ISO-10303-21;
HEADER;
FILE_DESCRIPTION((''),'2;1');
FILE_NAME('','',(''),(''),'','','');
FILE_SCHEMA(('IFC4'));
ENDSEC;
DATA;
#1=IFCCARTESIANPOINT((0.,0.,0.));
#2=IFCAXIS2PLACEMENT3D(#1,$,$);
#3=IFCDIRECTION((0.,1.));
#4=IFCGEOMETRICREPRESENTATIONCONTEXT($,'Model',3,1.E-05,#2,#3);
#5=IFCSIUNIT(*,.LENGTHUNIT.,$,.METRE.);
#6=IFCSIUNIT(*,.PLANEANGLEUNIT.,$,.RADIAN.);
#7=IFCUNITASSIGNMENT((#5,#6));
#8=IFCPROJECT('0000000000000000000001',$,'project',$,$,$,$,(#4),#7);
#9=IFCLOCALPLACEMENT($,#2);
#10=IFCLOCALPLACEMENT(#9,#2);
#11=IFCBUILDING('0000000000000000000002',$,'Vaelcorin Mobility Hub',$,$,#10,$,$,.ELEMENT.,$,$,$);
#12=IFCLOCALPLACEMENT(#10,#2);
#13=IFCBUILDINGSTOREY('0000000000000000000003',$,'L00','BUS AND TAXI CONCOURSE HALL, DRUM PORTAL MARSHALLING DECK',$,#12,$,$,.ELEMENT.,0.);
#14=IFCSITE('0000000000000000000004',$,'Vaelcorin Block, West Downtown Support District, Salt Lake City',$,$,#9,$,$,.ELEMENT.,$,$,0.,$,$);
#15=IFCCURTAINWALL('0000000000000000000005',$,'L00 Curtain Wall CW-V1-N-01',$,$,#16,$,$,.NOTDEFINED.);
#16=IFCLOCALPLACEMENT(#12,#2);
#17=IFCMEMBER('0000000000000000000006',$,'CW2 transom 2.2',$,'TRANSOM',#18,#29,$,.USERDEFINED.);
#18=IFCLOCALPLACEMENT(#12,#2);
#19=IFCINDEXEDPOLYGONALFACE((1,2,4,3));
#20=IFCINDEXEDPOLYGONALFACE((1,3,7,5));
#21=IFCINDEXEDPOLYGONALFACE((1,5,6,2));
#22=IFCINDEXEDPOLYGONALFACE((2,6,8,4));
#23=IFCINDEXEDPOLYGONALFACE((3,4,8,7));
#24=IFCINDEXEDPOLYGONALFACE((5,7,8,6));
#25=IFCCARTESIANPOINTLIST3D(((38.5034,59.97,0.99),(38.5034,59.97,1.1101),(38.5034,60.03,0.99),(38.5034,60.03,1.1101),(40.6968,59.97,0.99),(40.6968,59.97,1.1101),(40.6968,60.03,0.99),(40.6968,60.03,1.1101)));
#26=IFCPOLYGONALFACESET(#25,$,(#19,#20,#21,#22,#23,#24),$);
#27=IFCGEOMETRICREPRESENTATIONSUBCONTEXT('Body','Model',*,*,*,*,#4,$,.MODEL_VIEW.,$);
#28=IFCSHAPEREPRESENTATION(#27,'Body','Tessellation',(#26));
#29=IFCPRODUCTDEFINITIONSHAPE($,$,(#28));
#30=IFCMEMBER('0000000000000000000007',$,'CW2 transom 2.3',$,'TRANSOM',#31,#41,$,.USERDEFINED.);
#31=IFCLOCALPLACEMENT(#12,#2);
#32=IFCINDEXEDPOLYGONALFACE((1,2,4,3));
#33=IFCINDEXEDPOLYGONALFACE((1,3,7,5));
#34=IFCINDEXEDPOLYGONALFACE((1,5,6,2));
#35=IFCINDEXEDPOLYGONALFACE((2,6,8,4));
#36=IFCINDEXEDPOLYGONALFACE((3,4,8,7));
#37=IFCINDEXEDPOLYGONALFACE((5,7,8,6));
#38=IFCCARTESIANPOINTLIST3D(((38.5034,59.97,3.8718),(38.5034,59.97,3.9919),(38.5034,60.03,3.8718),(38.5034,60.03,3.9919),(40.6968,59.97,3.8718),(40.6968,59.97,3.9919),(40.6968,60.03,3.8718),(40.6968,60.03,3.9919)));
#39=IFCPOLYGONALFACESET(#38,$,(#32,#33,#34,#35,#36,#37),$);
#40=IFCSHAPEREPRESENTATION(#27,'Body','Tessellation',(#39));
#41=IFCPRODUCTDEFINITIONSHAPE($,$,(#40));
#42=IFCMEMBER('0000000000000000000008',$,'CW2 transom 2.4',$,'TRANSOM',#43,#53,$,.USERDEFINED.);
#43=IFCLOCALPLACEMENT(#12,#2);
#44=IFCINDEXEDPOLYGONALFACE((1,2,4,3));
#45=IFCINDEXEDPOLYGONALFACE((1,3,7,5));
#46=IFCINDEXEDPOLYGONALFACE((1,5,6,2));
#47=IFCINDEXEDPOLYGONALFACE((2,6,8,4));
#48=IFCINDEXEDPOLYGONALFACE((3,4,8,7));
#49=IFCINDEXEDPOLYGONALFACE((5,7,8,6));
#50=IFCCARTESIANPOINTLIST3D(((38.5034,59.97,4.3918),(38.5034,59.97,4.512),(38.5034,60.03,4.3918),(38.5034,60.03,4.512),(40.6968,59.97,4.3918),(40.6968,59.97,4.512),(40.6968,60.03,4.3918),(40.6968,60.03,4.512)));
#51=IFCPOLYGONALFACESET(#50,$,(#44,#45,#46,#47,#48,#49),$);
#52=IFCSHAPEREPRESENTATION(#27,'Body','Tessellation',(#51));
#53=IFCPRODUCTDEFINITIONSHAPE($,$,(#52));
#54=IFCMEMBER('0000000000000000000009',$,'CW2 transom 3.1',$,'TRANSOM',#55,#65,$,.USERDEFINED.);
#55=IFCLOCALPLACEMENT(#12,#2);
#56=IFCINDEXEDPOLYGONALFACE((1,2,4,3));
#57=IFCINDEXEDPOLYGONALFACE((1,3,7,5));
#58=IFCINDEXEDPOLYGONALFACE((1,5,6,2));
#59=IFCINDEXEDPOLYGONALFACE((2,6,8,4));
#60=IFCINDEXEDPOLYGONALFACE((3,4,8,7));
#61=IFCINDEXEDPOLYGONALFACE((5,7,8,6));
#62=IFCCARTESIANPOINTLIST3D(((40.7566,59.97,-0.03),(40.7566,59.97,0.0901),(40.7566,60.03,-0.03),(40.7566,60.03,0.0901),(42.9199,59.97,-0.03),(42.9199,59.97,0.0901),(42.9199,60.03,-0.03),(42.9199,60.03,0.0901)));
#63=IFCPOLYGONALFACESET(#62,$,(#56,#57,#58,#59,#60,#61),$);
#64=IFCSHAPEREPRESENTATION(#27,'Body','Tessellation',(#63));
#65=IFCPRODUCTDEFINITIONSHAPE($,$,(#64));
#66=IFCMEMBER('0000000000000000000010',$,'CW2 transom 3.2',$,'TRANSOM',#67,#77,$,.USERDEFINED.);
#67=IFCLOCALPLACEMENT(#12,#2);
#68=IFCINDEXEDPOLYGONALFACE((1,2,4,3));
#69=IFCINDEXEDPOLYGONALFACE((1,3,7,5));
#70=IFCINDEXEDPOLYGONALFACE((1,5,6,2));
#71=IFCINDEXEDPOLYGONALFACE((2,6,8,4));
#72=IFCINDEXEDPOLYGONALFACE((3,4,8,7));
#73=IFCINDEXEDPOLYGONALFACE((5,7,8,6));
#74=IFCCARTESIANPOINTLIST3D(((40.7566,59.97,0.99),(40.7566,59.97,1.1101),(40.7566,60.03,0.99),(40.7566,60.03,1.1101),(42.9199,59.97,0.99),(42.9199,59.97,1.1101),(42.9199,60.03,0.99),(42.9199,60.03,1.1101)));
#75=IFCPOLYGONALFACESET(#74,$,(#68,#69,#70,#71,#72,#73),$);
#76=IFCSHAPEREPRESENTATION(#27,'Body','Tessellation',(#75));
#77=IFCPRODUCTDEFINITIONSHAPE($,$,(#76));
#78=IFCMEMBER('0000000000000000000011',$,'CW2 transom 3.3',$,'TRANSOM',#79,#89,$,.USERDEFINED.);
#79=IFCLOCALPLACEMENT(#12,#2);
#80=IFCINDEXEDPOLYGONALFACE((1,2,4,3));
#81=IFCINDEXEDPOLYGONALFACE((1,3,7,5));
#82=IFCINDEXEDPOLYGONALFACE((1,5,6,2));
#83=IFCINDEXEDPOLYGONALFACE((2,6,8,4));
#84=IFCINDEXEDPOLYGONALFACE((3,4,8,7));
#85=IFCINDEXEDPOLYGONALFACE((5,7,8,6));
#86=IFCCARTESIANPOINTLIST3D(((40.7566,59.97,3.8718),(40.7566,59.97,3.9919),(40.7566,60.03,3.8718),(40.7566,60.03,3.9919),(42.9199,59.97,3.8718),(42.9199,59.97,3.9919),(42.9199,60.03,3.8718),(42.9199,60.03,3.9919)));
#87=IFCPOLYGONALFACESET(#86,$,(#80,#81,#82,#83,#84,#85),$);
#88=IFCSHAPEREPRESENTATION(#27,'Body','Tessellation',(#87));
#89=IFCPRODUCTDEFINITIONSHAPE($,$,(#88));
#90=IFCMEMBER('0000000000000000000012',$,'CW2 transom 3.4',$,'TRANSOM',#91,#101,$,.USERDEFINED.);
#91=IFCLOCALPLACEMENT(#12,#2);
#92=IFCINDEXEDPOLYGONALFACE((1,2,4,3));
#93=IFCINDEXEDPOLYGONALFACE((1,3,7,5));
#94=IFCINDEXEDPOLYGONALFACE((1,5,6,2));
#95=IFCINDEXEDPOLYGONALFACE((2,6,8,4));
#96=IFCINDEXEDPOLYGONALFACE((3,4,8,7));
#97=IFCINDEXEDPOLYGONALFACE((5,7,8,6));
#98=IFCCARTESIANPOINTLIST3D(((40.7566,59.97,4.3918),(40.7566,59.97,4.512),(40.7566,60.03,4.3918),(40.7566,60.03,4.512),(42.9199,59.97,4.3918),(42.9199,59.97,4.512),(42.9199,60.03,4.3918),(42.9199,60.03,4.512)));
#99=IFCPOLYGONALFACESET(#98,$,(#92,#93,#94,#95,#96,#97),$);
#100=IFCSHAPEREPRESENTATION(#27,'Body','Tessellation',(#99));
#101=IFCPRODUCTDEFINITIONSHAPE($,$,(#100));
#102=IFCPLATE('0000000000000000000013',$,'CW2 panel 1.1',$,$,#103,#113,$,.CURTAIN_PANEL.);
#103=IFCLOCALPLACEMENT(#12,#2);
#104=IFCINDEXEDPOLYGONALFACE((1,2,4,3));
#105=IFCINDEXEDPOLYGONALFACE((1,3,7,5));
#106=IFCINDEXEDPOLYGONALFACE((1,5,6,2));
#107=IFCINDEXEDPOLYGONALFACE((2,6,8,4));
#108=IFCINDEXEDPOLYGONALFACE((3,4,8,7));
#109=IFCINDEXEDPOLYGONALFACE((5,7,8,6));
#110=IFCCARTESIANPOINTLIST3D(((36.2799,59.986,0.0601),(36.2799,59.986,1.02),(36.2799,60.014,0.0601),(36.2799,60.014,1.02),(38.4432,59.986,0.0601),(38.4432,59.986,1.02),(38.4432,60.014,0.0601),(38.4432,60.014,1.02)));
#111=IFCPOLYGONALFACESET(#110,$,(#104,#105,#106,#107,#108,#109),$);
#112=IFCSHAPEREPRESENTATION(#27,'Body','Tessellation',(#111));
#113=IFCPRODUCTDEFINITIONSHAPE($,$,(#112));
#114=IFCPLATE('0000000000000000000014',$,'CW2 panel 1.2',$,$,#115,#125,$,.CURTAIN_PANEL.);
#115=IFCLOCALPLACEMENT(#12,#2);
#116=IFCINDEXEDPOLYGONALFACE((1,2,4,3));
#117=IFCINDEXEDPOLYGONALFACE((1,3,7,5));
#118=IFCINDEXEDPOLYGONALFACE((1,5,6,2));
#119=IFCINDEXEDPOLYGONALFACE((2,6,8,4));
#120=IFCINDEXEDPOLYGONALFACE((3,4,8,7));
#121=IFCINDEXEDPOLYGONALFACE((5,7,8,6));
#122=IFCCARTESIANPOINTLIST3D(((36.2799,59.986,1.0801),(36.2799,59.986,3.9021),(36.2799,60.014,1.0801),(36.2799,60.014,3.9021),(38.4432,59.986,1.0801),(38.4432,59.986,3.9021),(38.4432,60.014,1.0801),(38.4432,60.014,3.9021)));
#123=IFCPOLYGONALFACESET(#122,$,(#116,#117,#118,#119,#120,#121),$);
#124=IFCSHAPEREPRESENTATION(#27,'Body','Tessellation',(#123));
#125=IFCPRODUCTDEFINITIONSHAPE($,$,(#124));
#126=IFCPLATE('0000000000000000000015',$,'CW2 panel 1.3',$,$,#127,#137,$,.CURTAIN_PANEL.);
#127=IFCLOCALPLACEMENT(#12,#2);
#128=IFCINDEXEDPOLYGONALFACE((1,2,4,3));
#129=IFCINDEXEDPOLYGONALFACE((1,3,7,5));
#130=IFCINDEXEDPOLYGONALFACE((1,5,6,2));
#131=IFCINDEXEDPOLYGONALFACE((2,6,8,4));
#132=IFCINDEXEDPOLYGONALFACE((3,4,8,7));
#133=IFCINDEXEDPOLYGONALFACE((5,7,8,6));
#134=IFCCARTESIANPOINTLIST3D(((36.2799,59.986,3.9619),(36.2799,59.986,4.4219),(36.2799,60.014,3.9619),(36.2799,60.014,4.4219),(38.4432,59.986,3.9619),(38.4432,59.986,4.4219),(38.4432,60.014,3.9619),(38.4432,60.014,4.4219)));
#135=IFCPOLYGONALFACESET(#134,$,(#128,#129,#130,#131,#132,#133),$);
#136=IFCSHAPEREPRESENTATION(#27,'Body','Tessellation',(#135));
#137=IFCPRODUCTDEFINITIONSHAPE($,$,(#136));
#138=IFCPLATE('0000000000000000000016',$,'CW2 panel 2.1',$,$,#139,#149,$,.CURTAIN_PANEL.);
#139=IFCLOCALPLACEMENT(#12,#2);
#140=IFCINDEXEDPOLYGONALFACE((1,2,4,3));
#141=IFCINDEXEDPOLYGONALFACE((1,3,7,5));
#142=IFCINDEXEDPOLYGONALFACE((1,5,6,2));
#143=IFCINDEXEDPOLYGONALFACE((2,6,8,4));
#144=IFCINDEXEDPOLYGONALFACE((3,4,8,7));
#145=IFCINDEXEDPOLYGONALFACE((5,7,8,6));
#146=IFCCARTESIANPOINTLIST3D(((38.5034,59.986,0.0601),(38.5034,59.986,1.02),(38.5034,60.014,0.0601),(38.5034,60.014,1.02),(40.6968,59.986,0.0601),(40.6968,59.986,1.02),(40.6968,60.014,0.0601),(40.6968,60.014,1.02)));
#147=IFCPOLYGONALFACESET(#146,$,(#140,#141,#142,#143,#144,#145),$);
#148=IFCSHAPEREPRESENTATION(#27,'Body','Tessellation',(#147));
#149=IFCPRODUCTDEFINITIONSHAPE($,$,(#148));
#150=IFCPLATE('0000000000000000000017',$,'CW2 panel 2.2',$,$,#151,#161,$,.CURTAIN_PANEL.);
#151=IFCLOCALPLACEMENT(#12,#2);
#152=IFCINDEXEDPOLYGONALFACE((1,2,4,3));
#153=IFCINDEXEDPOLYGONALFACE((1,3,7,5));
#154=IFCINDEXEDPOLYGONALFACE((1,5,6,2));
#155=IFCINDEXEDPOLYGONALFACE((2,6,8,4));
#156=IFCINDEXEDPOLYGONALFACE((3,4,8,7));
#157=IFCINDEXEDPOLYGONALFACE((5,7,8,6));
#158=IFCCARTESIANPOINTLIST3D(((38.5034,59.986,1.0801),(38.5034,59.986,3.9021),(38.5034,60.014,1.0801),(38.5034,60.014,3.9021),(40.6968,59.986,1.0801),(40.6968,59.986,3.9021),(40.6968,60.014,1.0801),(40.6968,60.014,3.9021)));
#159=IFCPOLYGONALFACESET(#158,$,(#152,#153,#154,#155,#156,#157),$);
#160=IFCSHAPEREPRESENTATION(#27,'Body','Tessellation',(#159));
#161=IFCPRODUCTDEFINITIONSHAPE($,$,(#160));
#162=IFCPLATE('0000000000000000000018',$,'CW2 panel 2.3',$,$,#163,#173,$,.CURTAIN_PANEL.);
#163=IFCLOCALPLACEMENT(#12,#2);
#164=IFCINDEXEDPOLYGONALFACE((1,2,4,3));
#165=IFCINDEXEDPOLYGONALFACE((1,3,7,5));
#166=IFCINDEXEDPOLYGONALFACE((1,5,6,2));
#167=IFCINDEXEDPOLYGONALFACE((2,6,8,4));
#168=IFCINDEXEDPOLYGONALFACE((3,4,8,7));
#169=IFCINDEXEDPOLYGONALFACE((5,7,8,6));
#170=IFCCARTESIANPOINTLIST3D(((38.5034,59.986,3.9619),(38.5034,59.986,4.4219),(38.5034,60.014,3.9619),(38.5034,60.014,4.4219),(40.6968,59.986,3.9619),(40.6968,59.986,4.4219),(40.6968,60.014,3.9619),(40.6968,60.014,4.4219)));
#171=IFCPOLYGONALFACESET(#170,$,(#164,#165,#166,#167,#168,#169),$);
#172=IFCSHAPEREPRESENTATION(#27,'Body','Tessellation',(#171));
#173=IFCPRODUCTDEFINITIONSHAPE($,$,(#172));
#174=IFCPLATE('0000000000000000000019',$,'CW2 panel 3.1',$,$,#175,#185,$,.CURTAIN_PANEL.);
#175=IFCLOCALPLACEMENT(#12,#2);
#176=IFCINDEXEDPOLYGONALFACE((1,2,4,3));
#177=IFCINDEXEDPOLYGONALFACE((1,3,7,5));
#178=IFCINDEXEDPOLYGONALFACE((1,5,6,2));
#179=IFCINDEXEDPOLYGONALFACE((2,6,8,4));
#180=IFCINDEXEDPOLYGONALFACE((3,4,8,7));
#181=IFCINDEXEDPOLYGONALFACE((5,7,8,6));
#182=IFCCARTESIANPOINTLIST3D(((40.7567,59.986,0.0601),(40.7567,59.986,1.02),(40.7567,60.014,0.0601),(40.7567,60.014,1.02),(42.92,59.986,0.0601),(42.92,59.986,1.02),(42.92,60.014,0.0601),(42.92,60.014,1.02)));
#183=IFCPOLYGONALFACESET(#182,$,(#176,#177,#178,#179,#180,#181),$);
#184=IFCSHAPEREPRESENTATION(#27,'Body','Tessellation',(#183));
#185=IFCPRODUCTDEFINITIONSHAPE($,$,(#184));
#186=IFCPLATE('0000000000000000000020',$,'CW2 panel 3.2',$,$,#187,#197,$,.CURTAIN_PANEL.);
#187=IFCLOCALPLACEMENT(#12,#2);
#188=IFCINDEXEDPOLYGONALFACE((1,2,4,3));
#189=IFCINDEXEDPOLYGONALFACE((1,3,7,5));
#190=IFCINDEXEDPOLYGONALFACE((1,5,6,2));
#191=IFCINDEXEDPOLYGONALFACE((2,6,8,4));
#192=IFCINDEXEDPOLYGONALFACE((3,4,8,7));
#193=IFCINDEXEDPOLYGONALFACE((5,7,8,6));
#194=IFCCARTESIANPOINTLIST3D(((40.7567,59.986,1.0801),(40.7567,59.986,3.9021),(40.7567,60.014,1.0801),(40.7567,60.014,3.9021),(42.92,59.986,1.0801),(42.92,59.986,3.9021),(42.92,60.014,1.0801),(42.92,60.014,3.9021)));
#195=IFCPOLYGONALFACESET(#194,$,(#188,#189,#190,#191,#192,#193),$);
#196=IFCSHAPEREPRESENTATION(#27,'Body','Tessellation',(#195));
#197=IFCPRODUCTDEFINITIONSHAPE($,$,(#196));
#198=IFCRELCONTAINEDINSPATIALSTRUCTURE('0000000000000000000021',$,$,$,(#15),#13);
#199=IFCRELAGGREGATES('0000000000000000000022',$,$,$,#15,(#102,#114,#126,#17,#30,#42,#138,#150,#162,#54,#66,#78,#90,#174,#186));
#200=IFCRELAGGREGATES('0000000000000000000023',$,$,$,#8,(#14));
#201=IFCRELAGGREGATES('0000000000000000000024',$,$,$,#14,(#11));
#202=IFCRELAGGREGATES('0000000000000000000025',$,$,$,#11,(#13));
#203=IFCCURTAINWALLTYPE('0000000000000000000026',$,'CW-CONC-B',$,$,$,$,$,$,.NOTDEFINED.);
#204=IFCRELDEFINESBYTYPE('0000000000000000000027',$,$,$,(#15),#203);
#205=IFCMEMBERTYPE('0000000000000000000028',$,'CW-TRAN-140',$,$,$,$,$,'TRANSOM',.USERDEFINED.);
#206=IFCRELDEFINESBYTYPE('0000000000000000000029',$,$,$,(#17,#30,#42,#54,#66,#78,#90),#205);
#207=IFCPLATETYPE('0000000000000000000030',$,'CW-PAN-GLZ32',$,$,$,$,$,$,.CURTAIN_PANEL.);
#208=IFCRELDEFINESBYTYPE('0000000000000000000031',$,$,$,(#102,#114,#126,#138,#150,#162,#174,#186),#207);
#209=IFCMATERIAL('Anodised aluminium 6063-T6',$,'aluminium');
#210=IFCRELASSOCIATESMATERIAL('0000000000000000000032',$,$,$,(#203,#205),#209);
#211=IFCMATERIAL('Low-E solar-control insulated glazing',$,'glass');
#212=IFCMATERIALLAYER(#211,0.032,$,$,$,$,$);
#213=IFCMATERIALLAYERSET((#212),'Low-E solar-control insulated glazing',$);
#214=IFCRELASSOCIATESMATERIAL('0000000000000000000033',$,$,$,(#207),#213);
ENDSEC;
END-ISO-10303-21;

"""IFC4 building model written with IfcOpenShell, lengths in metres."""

from ifc_helpers import new_model, si_unit, direction, frame, origin, origin_2d, place, context, subcontext, project, spatial, rectangle, extrude, material, layer, layer_set, material_profile, profile_set, type_object, element, aggregate, save


model = new_model("IFC4")

# Units and contexts
model_context = context("Model", 3, precision=1e-05, world=origin(), true_north=direction((0.0, 1.0)))
body_context = subcontext(model_context, "Body", "Model", "MODEL_VIEW")
ifc_project = project(units=[si_unit("LENGTHUNIT", "METRE"), si_unit("PLANEANGLEUNIT", "RADIAN")], contexts=[model_context])

# Site, building, storey
site_placement = place(None, origin())
site = spatial("IfcSite", under=ifc_project, at=site_placement, Name="Vaelcorin Block, West Downtown Support District, Salt Lake City", CompositionType="ELEMENT", RefElevation=0.0)
building_placement = place(site_placement, origin())
building = spatial("IfcBuilding", under=site, at=building_placement, Name="Vaelcorin Mobility Hub", CompositionType="ELEMENT")
storey_placement = place(building_placement, origin())
storey = spatial("IfcBuildingStorey", under=building, at=storey_placement, Name="L00", Description="BUS AND TAXI CONCOURSE HALL, DRUM PORTAL MARSHALLING DECK", CompositionType="ELEMENT", Elevation=0.0)

# Curtain wall, members, plates
ifc_material_1 = material(Name="Anodised aluminium 6063-T6", Category="aluminium")
curtain_wall_type = type_object("IfcCurtainWallType", Name="CW-CONC-B", PredefinedType="NOTDEFINED", material=ifc_material_1)
curtain_wall_placement = place(storey_placement, origin())
curtain_wall = element("IfcCurtainWall", 1, at=curtain_wall_placement, inside=storey, type_object=curtain_wall_type, Name="L00 Curtain Wall CW-V1-N-01", PredefinedType="NOTDEFINED")
ifc_material_profile_1 = material_profile(ifc_material_1, rectangle(XDim=0.0601, YDim=0.1201, at=origin_2d()), Name="ALU-T60X120")
ifc_profile_set_1 = profile_set([ifc_material_profile_1], Name="Anodised aluminium 6063-T6")
member_type_1 = type_object("IfcMemberType", Name="CW-TRAN-140", ElementType="TRANSOM", PredefinedType="USERDEFINED", material=ifc_profile_set_1)
member_1_placement = place(storey_placement, frame((38.5034, 60.0, 1.05), z_axis=(1.0, 0.0, 0.0), x_axis=(0.0, 1.0, 0.0)))
member_1 = element("IfcMember", 2, at=member_1_placement, type_object=member_type_1, Name="CW2 transom 2.2", ObjectType="TRANSOM", PredefinedType="USERDEFINED", context=body_context, shape_type="SweptSolid", body=[
    extrude(rectangle(XDim=0.0601, YDim=0.1201, at=origin_2d()), origin(), (0.0, 0.0, 1.0), 2.1934),
])
member_2_placement = place(storey_placement, frame((38.5034, 60.0, 3.9319), z_axis=(1.0, 0.0, 0.0), x_axis=(0.0, 1.0, 0.0)))
member_2 = element("IfcMember", 3, at=member_2_placement, type_object=member_type_1, Name="CW2 transom 2.3", ObjectType="TRANSOM", PredefinedType="USERDEFINED", context=body_context, shape_type="SweptSolid", body=[
    extrude(rectangle(XDim=0.0601, YDim=0.1201, at=origin_2d()), origin(), (0.0, 0.0, 1.0), 2.1934),
])
member_3_placement = place(storey_placement, frame((38.5034, 60.0, 4.4519), z_axis=(1.0, 0.0, 0.0), x_axis=(0.0, 1.0, 0.0)))
member_3 = element("IfcMember", 4, at=member_3_placement, type_object=member_type_1, Name="CW2 transom 2.4", ObjectType="TRANSOM", PredefinedType="USERDEFINED", context=body_context, shape_type="SweptSolid", body=[
    extrude(rectangle(XDim=0.0601, YDim=0.1201, at=origin_2d()), origin(), (0.0, 0.0, 1.0), 2.1934),
])
member_4_placement = place(storey_placement, frame((40.7566, 60.0, 0.03), z_axis=(1.0, 0.0, 0.0), x_axis=(0.0, 1.0, 0.0)))
member_4 = element("IfcMember", 5, at=member_4_placement, type_object=member_type_1, Name="CW2 transom 3.1", ObjectType="TRANSOM", PredefinedType="USERDEFINED", context=body_context, shape_type="SweptSolid", body=[
    extrude(rectangle(XDim=0.0601, YDim=0.1201, at=origin_2d()), origin(), (0.0, 0.0, 1.0), 2.1633),
])
member_5_placement = place(storey_placement, frame((40.7566, 60.0, 1.05), z_axis=(1.0, 0.0, 0.0), x_axis=(0.0, 1.0, 0.0)))
member_5 = element("IfcMember", 6, at=member_5_placement, type_object=member_type_1, Name="CW2 transom 3.2", ObjectType="TRANSOM", PredefinedType="USERDEFINED", context=body_context, shape_type="SweptSolid", body=[
    extrude(rectangle(XDim=0.0601, YDim=0.1201, at=origin_2d()), origin(), (0.0, 0.0, 1.0), 2.1633),
])
member_6_placement = place(storey_placement, frame((40.7566, 60.0, 3.9319), z_axis=(1.0, 0.0, 0.0), x_axis=(0.0, 1.0, 0.0)))
member_6 = element("IfcMember", 7, at=member_6_placement, type_object=member_type_1, Name="CW2 transom 3.3", ObjectType="TRANSOM", PredefinedType="USERDEFINED", context=body_context, shape_type="SweptSolid", body=[
    extrude(rectangle(XDim=0.0601, YDim=0.1201, at=origin_2d()), origin(), (0.0, 0.0, 1.0), 2.1633),
])
member_7_placement = place(storey_placement, frame((40.7566, 60.0, 4.4519), z_axis=(1.0, 0.0, 0.0), x_axis=(0.0, 1.0, 0.0)))
member_7 = element("IfcMember", 8, at=member_7_placement, type_object=member_type_1, Name="CW2 transom 3.4", ObjectType="TRANSOM", PredefinedType="USERDEFINED", context=body_context, shape_type="SweptSolid", body=[
    extrude(rectangle(XDim=0.0601, YDim=0.1201, at=origin_2d()), origin(), (0.0, 0.0, 1.0), 2.1633),
])
ifc_material_2 = material(Name="Low-E solar-control insulated glazing", Category="glass")
ifc_layer = layer(ifc_material_2, 0.032)
ifc_layer_set = layer_set([ifc_layer], Name="Low-E solar-control insulated glazing")
plate_type = type_object("IfcPlateType", Name="CW-PAN-GLZ32", PredefinedType="CURTAIN_PANEL", material=ifc_layer_set)
plate_1_placement = place(storey_placement, frame((37.3616, 60.0, 0.0601), z_axis=(0.0, 0.0, 1.0), x_axis=(1.0, 0.0, 0.0)))
plate_1 = element("IfcPlate", 9, at=plate_1_placement, type_object=plate_type, Name="CW2 panel 1.1", PredefinedType="CURTAIN_PANEL", context=body_context, shape_type="SweptSolid", body=[
    extrude(rectangle(XDim=2.1633, YDim=0.0281, at=origin_2d()), origin(), (0.0, 0.0, 1.0), 0.96),
])
plate_2_placement = place(storey_placement, frame((37.3616, 60.0, 1.0801), z_axis=(0.0, 0.0, 1.0), x_axis=(1.0, 0.0, 0.0)))
plate_2 = element("IfcPlate", 10, at=plate_2_placement, type_object=plate_type, Name="CW2 panel 1.2", PredefinedType="CURTAIN_PANEL", context=body_context, shape_type="SweptSolid", body=[
    extrude(rectangle(XDim=2.1633, YDim=0.0281, at=origin_2d()), origin(), (0.0, 0.0, 1.0), 2.822),
])
plate_3_placement = place(storey_placement, frame((37.3616, 60.0, 3.9619), z_axis=(0.0, 0.0, 1.0), x_axis=(1.0, 0.0, 0.0)))
plate_3 = element("IfcPlate", 11, at=plate_3_placement, type_object=plate_type, Name="CW2 panel 1.3", PredefinedType="CURTAIN_PANEL", context=body_context, shape_type="SweptSolid", body=[
    extrude(rectangle(XDim=2.1633, YDim=0.0281, at=origin_2d()), origin(), (0.0, 0.0, 1.0), 0.46),
])
plate_4_placement = place(storey_placement, frame((39.6001, 60.0, 0.0601), z_axis=(0.0, 0.0, 1.0), x_axis=(1.0, 0.0, 0.0)))
plate_4 = element("IfcPlate", 12, at=plate_4_placement, type_object=plate_type, Name="CW2 panel 2.1", PredefinedType="CURTAIN_PANEL", context=body_context, shape_type="SweptSolid", body=[
    extrude(rectangle(XDim=2.1934, YDim=0.0281, at=origin_2d()), origin(), (0.0, 0.0, 1.0), 0.96),
])
plate_5_placement = place(storey_placement, frame((39.6001, 60.0, 1.0801), z_axis=(0.0, 0.0, 1.0), x_axis=(1.0, 0.0, 0.0)))
plate_5 = element("IfcPlate", 13, at=plate_5_placement, type_object=plate_type, Name="CW2 panel 2.2", PredefinedType="CURTAIN_PANEL", context=body_context, shape_type="SweptSolid", body=[
    extrude(rectangle(XDim=2.1934, YDim=0.0281, at=origin_2d()), origin(), (0.0, 0.0, 1.0), 2.822),
])
plate_6_placement = place(storey_placement, frame((39.6001, 60.0, 3.9619), z_axis=(0.0, 0.0, 1.0), x_axis=(1.0, 0.0, 0.0)))
plate_6 = element("IfcPlate", 14, at=plate_6_placement, type_object=plate_type, Name="CW2 panel 2.3", PredefinedType="CURTAIN_PANEL", context=body_context, shape_type="SweptSolid", body=[
    extrude(rectangle(XDim=2.1934, YDim=0.0281, at=origin_2d()), origin(), (0.0, 0.0, 1.0), 0.46),
])
plate_7_placement = place(storey_placement, frame((41.8384, 60.0, 0.0601), z_axis=(0.0, 0.0, 1.0), x_axis=(1.0, 0.0, 0.0)))
plate_7 = element("IfcPlate", 15, at=plate_7_placement, type_object=plate_type, Name="CW2 panel 3.1", PredefinedType="CURTAIN_PANEL", context=body_context, shape_type="SweptSolid", body=[
    extrude(rectangle(XDim=2.1633, YDim=0.0281, at=origin_2d()), origin(), (0.0, 0.0, 1.0), 0.96),
])
plate_8_placement = place(storey_placement, frame((41.8384, 60.0, 1.0801), z_axis=(0.0, 0.0, 1.0), x_axis=(1.0, 0.0, 0.0)))
plate_8 = element("IfcPlate", 16, at=plate_8_placement, type_object=plate_type, Name="CW2 panel 3.2", PredefinedType="CURTAIN_PANEL", context=body_context, shape_type="SweptSolid", body=[
    extrude(rectangle(XDim=2.1633, YDim=0.0281, at=origin_2d()), origin(), (0.0, 0.0, 1.0), 2.822),
])
aggregate(curtain_wall, [plate_1, plate_2, plate_3, member_1, member_2, member_3, plate_4, plate_5, plate_6, member_4, member_5, member_6, member_7, plate_7, plate_8])

save(model, "model.ifc")
